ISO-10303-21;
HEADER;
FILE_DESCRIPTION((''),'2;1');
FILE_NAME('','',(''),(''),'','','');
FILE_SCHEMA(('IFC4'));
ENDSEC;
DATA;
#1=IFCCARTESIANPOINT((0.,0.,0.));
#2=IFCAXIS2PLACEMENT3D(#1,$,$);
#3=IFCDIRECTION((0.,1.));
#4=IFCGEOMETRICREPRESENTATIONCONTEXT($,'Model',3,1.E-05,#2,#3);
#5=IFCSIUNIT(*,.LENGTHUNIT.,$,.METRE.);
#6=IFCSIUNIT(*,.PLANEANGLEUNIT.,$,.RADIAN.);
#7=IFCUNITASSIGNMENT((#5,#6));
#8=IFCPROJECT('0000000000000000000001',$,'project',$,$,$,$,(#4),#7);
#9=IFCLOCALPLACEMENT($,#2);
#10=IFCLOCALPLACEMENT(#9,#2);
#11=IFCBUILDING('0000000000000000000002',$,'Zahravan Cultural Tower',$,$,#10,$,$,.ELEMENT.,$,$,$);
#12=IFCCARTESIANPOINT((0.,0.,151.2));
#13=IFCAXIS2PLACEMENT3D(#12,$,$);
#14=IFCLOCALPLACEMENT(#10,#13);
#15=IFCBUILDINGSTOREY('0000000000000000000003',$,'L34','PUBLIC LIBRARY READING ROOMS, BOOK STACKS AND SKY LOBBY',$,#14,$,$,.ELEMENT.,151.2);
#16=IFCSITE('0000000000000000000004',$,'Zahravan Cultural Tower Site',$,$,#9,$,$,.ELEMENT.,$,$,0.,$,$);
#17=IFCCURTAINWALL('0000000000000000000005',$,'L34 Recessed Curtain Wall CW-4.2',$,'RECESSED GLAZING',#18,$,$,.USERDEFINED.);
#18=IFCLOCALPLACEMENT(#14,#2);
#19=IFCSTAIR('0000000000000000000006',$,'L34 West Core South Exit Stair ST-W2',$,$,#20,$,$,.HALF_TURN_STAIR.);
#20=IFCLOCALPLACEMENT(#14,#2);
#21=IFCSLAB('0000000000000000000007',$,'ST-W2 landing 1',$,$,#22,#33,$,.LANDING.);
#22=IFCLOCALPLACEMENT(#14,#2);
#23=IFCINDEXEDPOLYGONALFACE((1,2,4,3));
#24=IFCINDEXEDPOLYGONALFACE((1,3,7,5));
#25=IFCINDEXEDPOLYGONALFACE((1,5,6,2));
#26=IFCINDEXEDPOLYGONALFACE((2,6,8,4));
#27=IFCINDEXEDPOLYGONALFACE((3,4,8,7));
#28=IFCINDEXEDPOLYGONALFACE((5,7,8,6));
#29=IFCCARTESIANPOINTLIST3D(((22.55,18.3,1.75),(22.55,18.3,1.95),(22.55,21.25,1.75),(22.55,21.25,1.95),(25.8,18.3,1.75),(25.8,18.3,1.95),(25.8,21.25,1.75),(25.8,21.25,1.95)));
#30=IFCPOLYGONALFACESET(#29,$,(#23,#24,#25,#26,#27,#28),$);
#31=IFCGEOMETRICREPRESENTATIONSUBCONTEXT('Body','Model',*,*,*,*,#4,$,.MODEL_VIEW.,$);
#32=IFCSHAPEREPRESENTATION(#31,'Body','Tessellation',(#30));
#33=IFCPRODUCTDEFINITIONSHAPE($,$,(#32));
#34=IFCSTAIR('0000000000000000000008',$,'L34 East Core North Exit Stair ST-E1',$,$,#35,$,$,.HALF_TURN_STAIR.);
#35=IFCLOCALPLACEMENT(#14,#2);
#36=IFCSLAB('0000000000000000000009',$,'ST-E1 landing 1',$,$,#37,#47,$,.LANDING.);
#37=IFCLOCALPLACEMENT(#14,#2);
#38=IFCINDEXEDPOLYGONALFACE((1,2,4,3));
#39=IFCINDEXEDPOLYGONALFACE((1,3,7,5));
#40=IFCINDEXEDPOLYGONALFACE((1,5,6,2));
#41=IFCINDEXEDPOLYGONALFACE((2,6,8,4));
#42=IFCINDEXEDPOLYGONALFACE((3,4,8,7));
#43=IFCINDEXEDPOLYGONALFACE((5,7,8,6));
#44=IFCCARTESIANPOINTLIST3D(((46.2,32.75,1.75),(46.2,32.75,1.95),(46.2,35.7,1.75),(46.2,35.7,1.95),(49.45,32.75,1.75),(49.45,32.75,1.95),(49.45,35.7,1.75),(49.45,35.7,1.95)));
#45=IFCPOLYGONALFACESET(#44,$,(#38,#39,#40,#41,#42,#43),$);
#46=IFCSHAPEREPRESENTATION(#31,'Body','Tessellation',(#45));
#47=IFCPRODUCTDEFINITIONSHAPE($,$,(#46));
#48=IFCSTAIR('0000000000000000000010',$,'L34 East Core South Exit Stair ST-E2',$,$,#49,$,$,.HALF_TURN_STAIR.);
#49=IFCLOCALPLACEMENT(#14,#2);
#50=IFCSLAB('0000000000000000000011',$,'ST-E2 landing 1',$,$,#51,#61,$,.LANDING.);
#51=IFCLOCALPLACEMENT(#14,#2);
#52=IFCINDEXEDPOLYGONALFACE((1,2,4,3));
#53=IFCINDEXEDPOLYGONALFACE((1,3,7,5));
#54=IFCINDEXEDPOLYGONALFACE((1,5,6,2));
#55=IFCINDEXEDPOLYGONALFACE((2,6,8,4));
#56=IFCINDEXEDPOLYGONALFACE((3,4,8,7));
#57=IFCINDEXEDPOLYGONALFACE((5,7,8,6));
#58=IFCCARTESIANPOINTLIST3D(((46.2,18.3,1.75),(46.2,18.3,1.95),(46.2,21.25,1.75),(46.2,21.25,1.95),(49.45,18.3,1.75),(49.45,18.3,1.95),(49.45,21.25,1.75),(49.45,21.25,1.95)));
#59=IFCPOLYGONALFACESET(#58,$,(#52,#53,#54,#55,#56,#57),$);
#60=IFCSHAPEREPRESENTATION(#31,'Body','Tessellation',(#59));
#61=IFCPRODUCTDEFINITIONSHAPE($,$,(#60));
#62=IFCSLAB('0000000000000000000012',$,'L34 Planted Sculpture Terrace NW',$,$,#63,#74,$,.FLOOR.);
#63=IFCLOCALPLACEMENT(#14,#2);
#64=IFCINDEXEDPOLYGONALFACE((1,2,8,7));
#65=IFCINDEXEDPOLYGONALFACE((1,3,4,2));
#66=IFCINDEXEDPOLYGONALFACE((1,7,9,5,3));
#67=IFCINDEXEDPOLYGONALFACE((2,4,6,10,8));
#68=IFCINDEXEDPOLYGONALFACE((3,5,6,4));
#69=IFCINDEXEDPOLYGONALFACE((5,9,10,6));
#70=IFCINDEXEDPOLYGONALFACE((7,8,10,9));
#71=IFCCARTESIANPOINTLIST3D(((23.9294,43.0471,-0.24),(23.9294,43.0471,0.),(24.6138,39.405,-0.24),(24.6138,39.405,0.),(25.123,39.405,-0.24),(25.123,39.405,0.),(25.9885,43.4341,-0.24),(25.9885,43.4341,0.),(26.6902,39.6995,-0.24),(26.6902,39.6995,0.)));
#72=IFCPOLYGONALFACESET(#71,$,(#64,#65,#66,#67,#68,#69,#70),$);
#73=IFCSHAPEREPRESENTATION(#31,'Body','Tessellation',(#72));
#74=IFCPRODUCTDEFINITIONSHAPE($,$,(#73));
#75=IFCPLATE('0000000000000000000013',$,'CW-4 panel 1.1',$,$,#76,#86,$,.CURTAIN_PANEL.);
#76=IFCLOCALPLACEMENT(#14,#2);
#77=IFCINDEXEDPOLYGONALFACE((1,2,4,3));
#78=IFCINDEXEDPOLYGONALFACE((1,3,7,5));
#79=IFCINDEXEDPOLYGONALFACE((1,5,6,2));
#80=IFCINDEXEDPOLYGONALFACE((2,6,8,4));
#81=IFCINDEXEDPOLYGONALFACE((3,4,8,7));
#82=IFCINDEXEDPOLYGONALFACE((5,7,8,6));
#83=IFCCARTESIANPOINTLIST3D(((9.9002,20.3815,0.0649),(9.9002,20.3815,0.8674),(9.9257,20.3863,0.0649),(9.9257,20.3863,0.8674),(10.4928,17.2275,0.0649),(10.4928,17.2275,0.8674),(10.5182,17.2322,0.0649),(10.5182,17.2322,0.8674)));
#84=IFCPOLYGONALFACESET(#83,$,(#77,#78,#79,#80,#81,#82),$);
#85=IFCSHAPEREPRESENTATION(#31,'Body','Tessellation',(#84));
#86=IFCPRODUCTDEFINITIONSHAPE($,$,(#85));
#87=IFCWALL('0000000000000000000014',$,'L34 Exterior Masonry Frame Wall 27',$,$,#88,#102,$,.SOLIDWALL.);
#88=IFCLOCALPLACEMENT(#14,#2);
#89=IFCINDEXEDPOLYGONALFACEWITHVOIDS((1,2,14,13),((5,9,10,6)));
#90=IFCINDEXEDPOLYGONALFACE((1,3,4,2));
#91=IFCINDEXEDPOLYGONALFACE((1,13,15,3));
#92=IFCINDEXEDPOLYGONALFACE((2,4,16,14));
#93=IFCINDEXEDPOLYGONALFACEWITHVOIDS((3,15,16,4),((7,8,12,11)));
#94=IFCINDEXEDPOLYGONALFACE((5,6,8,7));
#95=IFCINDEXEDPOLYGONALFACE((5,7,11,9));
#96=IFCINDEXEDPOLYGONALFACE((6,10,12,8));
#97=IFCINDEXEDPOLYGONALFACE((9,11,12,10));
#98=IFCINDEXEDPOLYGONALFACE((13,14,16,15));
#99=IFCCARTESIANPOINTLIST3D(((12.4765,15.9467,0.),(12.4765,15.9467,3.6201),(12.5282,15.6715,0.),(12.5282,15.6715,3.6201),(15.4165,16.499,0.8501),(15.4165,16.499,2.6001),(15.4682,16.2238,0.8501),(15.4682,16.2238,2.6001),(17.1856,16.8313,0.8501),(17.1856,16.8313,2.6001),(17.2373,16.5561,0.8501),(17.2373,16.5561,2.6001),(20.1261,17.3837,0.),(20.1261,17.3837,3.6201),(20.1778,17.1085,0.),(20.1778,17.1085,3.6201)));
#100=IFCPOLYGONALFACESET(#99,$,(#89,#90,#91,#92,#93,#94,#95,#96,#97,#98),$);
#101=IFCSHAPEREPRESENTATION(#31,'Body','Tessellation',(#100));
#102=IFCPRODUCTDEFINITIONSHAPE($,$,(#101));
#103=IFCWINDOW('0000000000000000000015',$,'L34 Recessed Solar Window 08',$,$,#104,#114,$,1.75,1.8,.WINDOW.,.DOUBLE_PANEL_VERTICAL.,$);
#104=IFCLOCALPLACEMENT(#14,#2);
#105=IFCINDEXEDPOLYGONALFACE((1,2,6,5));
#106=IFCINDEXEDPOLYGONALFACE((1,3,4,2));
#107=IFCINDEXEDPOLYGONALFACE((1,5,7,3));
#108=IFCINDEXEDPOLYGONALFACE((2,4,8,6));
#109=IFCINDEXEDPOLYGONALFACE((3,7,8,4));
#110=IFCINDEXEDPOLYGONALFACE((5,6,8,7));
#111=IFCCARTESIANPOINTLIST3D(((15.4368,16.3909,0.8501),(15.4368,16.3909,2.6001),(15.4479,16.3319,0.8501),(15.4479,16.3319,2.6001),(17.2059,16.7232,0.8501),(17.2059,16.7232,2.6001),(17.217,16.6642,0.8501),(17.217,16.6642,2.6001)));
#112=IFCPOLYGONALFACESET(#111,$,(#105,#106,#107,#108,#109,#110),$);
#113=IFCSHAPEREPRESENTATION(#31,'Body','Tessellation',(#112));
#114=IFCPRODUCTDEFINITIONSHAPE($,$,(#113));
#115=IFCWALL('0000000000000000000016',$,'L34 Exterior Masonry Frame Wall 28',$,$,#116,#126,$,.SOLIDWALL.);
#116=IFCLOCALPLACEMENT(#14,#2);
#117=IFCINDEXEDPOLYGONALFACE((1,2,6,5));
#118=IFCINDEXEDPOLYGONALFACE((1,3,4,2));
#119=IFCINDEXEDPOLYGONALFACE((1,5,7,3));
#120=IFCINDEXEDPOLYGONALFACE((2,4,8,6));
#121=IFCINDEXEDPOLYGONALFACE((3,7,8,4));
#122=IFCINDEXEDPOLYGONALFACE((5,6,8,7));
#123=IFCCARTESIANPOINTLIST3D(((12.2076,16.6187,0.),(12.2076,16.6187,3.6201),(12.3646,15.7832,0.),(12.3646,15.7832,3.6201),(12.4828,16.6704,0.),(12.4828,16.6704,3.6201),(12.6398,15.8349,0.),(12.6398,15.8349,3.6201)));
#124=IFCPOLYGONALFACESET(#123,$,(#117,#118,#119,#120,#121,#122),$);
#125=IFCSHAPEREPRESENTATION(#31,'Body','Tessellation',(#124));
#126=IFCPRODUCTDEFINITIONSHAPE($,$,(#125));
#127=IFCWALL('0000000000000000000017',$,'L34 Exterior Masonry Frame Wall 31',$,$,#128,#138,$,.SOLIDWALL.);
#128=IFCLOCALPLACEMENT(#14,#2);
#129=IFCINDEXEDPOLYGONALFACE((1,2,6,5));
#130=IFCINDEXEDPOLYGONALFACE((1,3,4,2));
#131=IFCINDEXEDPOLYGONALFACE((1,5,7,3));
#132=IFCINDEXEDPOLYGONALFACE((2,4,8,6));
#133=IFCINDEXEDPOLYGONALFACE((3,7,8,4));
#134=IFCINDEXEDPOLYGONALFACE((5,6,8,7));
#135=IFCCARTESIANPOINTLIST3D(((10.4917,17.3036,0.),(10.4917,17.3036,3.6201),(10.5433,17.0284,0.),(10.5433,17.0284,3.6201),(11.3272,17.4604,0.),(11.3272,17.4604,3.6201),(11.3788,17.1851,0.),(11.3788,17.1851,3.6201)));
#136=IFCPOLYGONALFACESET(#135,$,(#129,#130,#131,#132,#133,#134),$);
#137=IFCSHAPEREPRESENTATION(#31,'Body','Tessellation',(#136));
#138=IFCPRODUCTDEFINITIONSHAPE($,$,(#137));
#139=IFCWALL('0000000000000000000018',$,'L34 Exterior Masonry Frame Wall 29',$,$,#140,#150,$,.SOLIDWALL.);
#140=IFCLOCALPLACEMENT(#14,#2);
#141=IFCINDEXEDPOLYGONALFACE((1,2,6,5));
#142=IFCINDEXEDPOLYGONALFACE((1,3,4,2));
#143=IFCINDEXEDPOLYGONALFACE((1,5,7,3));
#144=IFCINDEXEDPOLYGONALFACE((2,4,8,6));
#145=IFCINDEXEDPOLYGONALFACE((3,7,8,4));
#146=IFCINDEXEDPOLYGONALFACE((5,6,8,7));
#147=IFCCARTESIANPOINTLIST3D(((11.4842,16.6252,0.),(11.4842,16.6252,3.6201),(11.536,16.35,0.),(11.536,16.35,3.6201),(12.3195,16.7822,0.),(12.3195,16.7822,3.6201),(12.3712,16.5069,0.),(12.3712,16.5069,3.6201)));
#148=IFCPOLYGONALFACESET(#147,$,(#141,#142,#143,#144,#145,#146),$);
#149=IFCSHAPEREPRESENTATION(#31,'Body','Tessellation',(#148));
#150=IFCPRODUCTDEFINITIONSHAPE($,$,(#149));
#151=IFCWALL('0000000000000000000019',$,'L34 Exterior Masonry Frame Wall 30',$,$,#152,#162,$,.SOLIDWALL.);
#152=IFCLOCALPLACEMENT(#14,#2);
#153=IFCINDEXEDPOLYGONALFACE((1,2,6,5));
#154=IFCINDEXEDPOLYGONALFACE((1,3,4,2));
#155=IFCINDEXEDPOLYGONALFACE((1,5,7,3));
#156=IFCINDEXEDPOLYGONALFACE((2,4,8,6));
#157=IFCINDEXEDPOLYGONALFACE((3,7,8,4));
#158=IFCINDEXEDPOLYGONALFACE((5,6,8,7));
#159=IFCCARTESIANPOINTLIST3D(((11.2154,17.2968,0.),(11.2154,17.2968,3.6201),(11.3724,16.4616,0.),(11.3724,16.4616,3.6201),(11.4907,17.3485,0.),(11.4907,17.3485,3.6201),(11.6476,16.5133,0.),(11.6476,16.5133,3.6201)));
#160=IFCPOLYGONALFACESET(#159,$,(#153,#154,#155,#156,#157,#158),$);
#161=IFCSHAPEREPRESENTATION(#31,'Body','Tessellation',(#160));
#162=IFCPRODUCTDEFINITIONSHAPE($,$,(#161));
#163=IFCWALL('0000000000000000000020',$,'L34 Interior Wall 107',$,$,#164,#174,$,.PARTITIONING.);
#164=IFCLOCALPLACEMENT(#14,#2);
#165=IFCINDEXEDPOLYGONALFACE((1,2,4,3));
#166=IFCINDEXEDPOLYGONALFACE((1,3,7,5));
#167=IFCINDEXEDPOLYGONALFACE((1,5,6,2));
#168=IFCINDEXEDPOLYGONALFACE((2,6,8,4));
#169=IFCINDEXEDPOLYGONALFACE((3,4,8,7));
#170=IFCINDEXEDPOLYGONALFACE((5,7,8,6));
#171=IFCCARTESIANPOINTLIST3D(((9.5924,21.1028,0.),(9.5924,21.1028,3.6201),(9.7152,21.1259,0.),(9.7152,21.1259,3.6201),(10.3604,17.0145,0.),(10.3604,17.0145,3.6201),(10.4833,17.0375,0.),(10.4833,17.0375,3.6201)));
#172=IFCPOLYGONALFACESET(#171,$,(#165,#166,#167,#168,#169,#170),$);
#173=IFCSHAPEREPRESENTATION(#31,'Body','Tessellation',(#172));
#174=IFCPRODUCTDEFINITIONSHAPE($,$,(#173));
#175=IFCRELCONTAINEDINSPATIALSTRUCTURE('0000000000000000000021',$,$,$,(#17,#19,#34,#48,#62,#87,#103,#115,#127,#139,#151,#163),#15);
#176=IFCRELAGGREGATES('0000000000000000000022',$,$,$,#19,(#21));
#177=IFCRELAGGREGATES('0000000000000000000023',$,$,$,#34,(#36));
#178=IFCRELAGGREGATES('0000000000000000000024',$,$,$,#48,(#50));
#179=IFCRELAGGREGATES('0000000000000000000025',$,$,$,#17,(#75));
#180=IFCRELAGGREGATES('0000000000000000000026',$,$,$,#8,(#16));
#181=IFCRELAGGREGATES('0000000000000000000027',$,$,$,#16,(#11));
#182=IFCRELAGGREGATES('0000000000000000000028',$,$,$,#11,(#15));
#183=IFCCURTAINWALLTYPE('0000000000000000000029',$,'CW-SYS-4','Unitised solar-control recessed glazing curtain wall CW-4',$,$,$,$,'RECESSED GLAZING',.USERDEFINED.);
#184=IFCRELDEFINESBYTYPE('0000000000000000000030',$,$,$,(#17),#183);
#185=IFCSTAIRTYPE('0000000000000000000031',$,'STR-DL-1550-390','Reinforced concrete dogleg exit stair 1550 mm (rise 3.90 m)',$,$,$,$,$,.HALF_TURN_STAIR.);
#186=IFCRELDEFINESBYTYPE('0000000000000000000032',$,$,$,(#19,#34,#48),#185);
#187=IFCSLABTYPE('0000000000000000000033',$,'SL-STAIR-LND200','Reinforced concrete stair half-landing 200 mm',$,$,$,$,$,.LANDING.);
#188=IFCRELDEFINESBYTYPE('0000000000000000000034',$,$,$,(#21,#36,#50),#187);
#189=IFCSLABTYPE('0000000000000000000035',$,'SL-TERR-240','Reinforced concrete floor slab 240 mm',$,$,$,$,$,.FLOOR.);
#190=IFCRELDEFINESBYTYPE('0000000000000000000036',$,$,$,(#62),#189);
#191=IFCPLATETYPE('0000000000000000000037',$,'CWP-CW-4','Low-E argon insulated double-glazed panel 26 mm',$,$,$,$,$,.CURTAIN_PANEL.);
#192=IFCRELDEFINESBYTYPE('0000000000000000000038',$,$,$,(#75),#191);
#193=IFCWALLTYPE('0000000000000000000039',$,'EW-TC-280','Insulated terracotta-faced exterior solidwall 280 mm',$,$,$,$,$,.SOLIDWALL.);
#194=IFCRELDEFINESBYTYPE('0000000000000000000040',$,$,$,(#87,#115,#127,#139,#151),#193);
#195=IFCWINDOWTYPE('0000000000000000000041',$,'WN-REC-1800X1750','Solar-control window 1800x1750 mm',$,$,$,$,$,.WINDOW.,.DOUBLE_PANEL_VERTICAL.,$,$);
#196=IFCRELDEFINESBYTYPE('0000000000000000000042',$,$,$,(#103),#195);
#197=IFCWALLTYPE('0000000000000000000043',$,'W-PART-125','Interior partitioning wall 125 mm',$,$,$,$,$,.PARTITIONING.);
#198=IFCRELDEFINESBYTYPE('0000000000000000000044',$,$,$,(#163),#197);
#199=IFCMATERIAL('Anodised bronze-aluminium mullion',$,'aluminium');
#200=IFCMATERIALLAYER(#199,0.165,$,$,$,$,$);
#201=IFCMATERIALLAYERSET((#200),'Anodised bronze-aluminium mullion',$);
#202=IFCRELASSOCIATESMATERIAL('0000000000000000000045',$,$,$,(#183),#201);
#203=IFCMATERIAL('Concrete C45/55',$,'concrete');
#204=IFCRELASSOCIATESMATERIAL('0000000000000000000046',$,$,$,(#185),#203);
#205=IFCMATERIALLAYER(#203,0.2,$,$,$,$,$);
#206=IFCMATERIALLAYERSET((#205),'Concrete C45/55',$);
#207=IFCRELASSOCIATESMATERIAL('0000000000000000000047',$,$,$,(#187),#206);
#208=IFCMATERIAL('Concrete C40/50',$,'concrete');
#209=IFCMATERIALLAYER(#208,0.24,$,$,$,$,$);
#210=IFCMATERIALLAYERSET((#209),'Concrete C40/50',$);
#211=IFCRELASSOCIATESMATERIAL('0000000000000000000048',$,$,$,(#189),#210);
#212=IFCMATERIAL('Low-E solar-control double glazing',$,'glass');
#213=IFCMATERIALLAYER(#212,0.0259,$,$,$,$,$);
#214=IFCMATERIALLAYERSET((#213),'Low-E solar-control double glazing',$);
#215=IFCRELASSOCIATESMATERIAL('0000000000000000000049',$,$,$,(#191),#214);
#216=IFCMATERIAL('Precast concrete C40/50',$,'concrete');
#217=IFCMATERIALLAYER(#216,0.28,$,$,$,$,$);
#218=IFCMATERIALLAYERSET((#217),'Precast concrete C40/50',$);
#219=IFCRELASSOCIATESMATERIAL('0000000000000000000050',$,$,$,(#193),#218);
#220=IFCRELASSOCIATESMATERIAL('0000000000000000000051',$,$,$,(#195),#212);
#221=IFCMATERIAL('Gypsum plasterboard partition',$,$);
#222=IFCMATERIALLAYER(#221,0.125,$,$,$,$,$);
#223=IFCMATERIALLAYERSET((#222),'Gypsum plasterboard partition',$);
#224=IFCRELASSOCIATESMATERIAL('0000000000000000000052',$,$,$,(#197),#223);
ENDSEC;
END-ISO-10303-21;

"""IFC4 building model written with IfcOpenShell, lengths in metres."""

from ifc_helpers import new_model, si_unit, direction, frame, frame_2d, origin, origin_2d, place, context, subcontext, project, spatial, polyline, rectangle, outline, extrude, source, transform, mapped, material, layer, layer_set, type_object, element, fill, aggregate, save


model = new_model("IFC4")

# Units and contexts
model_context = context("Model", 3, precision=1e-05, world=origin(), true_north=direction((0.0, 1.0)))
body_context = subcontext(model_context, "Body", "Model", "MODEL_VIEW")
ifc_project = project(units=[si_unit("LENGTHUNIT", "METRE"), si_unit("PLANEANGLEUNIT", "RADIAN")], contexts=[model_context])

# Site, building, storey
site_placement = place(None, origin())
site = spatial("IfcSite", under=ifc_project, at=site_placement, Name="Zahravan Cultural Tower Site", CompositionType="ELEMENT", RefElevation=0.0)
building_placement = place(site_placement, origin())
building = spatial("IfcBuilding", under=site, at=building_placement, Name="Zahravan Cultural Tower", CompositionType="ELEMENT")
storey_placement = place(building_placement, frame((0.0, 0.0, 151.2)))
storey = spatial("IfcBuildingStorey", under=building, at=storey_placement, Name="L34", Description="PUBLIC LIBRARY READING ROOMS, BOOK STACKS AND SKY LOBBY", CompositionType="ELEMENT", Elevation=151.2)

# Curtain wall
ifc_material_1 = material(Name="Anodised bronze-aluminium mullion", Category="aluminium")
ifc_layer_1 = layer(ifc_material_1, 0.165)
ifc_layer_set_1 = layer_set([ifc_layer_1], Name="Anodised bronze-aluminium mullion")
curtain_wall_type = type_object("IfcCurtainWallType", Name="CW-SYS-4", Description="Unitised solar-control recessed glazing curtain wall CW-4", ElementType="RECESSED GLAZING", PredefinedType="USERDEFINED", material=ifc_layer_set_1)
curtain_wall_placement = place(storey_placement, origin())
curtain_wall = element("IfcCurtainWall", 1, at=curtain_wall_placement, inside=storey, type_object=curtain_wall_type, Name="L34 Recessed Curtain Wall CW-4.2", ObjectType="RECESSED GLAZING", PredefinedType="USERDEFINED")

# Shared definitions
ifc_material_2 = material(Name="Concrete C45/55", Category="concrete")

# Stairs, slabs
stair_type = type_object("IfcStairType", Name="STR-DL-1550-390", Description="Reinforced concrete dogleg exit stair 1550 mm (rise 3.90 m)", PredefinedType="HALF_TURN_STAIR", material=ifc_material_2)
ifc_layer_2 = layer(ifc_material_2, 0.2)
ifc_layer_set_2 = layer_set([ifc_layer_2], Name="Concrete C45/55")
slab_type_1 = type_object("IfcSlabType", Name="SL-STAIR-LND200", Description="Reinforced concrete stair half-landing 200 mm", PredefinedType="LANDING", material=ifc_layer_set_2)
stair_1_placement = place(storey_placement, origin())
stair_1 = element("IfcStair", 2, at=stair_1_placement, inside=storey, type_object=stair_type, Name="L34 West Core South Exit Stair ST-W2", PredefinedType="HALF_TURN_STAIR")
slab_1_placement = place(storey_placement, frame((0.0, 0.0, 1.75)))
slab_1 = element("IfcSlab", 3, at=slab_1_placement, type_object=slab_type_1, Name="ST-W2 landing 1", PredefinedType="LANDING", context=body_context, shape_type="SweptSolid", body=[
    extrude(outline(polyline([(22.55, 21.25), (22.55, 18.3), (25.8, 18.3), (25.8, 21.25), (22.55, 21.25)])), origin(), (0.0, 0.0, 1.0), 0.2),
])
aggregate(stair_1, [slab_1])
stair_2_placement = place(storey_placement, origin())
stair_2 = element("IfcStair", 4, at=stair_2_placement, inside=storey, type_object=stair_type, Name="L34 East Core North Exit Stair ST-E1", PredefinedType="HALF_TURN_STAIR")
slab_2_placement = place(storey_placement, frame((0.0, 0.0, 1.75)))
slab_2 = element("IfcSlab", 5, at=slab_2_placement, type_object=slab_type_1, Name="ST-E1 landing 1", PredefinedType="LANDING", context=body_context, shape_type="SweptSolid", body=[
    extrude(outline(polyline([(49.45, 32.75), (49.45, 35.7), (46.2, 35.7), (46.2, 32.75), (49.45, 32.75)])), origin(), (0.0, 0.0, 1.0), 0.2),
])
aggregate(stair_2, [slab_2])
stair_3_placement = place(storey_placement, origin())
stair_3 = element("IfcStair", 6, at=stair_3_placement, inside=storey, type_object=stair_type, Name="L34 East Core South Exit Stair ST-E2", PredefinedType="HALF_TURN_STAIR")
slab_3_placement = place(storey_placement, frame((0.0, 0.0, 1.75)))
slab_3 = element("IfcSlab", 7, at=slab_3_placement, type_object=slab_type_1, Name="ST-E2 landing 1", PredefinedType="LANDING", context=body_context, shape_type="SweptSolid", body=[
    extrude(outline(polyline([(46.2, 21.25), (46.2, 18.3), (49.45, 18.3), (49.45, 21.25), (46.2, 21.25)])), origin(), (0.0, 0.0, 1.0), 0.2),
])
aggregate(stair_3, [slab_3])

# Slab
ifc_material_3 = material(Name="Concrete C40/50", Category="concrete")
ifc_layer_3 = layer(ifc_material_3, 0.24)
ifc_layer_set_3 = layer_set([ifc_layer_3], Name="Concrete C40/50")
slab_type_2 = type_object("IfcSlabType", Name="SL-TERR-240", Description="Reinforced concrete floor slab 240 mm", PredefinedType="FLOOR", material=ifc_layer_set_3)
slab_4_placement = place(storey_placement, frame((0.0, 0.0, -0.24)))
element("IfcSlab", 8, at=slab_4_placement, inside=storey, type_object=slab_type_2, Name="L34 Planted Sculpture Terrace NW", PredefinedType="FLOOR", context=body_context, shape_type="SweptSolid", body=[
    extrude(outline(polyline([(23.9294, 43.0471), (24.6138, 39.405), (25.123, 39.405), (26.6902, 39.6995), (25.9885, 43.4341), (23.9294, 43.0471)])), origin(), (0.0, 0.0, 1.0), 0.24),
])

# Plate
ifc_material_4 = material(Name="Low-E solar-control double glazing", Category="glass")
ifc_layer_4 = layer(ifc_material_4, 0.0259)
ifc_layer_set_4 = layer_set([ifc_layer_4], Name="Low-E solar-control double glazing")
plate_type = type_object("IfcPlateType", Name="CWP-CW-4", Description="Low-E argon insulated double-glazed panel 26 mm", PredefinedType="CURTAIN_PANEL", material=ifc_layer_set_4)
shared_shape_1 = source(origin(), body_context, "Body", "SweptSolid", [
    extrude(rectangle(XDim=3.2092, YDim=0.0259, at=origin_2d()), origin(), (0.0, 0.0, 1.0), 0.8025),
])
plate_placement = place(storey_placement, frame((10.2092, 18.8069, 0.0649), z_axis=(0.0, 0.0, 1.0), x_axis=(-0.184638, 0.982807, 0.0)))
plate = element("IfcPlate", 9, at=plate_placement, type_object=plate_type, Name="CW-4 panel 1.1", PredefinedType="CURTAIN_PANEL", context=body_context, shape_type="MappedRepresentation", body=[
    mapped(shared_shape_1, transform((0.0, 0.0, 0.0), x_axis=(1.0, 0.0, 0.0), y_axis=(0.0, 1.0, 0.0), z_axis=(0.0, 0.0, 1.0), scale=1.0)),
])
aggregate(curtain_wall, [plate])

# Wall, opening, window
ifc_material_5 = material(Name="Precast concrete C40/50", Category="concrete")
ifc_layer_5 = layer(ifc_material_5, 0.28)
ifc_layer_set_5 = layer_set([ifc_layer_5], Name="Precast concrete C40/50")
wall_type_1 = type_object("IfcWallType", Name="EW-TC-280", Description="Insulated terracotta-faced exterior solidwall 280 mm", PredefinedType="SOLIDWALL", material=ifc_layer_set_5)
wall_1_placement = place(storey_placement, frame((20.1519, 17.2461, 0.0), z_axis=(0.0, 0.0, 1.0), x_axis=(-0.982809, -0.184624, 0.0)))
wall_1 = element("IfcWall", 10, at=wall_1_placement, inside=storey, type_object=wall_type_1, Name="L34 Exterior Masonry Frame Wall 27", PredefinedType="SOLIDWALL", context=body_context, shape_type="SweptSolid", body=[
    extrude(rectangle(XDim=7.7834, YDim=0.28, at=frame_2d((3.8916, 0.0))), origin(), (0.0, 0.0, 1.0), 3.6201),
])
opening_placement = place(wall_1_placement, frame((2.9919, 0.0, 0.8501)))
opening = element("IfcOpeningElement", 11, at=opening_placement, cuts=wall_1, PredefinedType="OPENING", context=body_context, shape_type="SweptSolid", body=[
    extrude(rectangle(XDim=1.8, YDim=1.75, at=frame_2d((0.8999, 0.875))), frame((0.0, 0.1499, 0.0), z_axis=(0.0, -1.0, 0.0), x_axis=(1.0, 0.0, 0.0)), (0.0, 0.0, 1.0), 0.3),
])
window_type = type_object("IfcWindowType", Name="WN-REC-1800X1750", Description="Solar-control window 1800x1750 mm", PartitioningType="DOUBLE_PANEL_VERTICAL", PredefinedType="WINDOW", material=ifc_material_4)
shared_shape_2 = source(origin(), body_context, "Body", "SweptSolid", [
    extrude(rectangle(XDim=1.8, YDim=1.75, at=frame_2d((0.8999, 0.875))), frame((0.0, 0.03, 0.0), z_axis=(0.0, -1.0, 0.0), x_axis=(1.0, 0.0, 0.0)), (0.0, 0.0, 1.0), 0.0601),
])
window_placement = place(opening_placement, origin())
window = element("IfcWindow", 12, at=window_placement, inside=storey, type_object=window_type, Name="L34 Recessed Solar Window 08", OverallHeight=1.75, OverallWidth=1.8, PartitioningType="DOUBLE_PANEL_VERTICAL", PredefinedType="WINDOW", context=body_context, shape_type="MappedRepresentation", body=[
    mapped(shared_shape_2, transform((0.0, 0.0, 0.0), x_axis=(1.0, 0.0, 0.0), y_axis=(0.0, 1.0, 0.0), z_axis=(0.0, 0.0, 1.0), scale=1.0)),
])
fill(opening, window)

# Walls
shared_shape_3 = source(origin(), body_context, "Body", "SweptSolid", [
    extrude(rectangle(XDim=0.8501, YDim=0.28, at=frame_2d((0.425, 0.0))), origin(), (0.0, 0.0, 1.0), 3.6201),
])
for number, where, z_axis, x_axis, name in (
    (13, (12.5022, 15.8091, 0.0), (0.0, 0.0, 1.0), (-0.18467, 0.982801, 0.0), "L34 Exterior Masonry Frame Wall 28"),
    (14, (11.353, 17.3228, 0.0), (0.0, 0.0, 1.0), (-0.982853, -0.184393, 0.0), "L34 Exterior Masonry Frame Wall 31"),
):
    element("IfcWall", number, at=place(storey_placement, frame(where, z_axis=z_axis, x_axis=x_axis)), inside=storey, type_object=wall_type_1, Name=name, PredefinedType="SOLIDWALL", context=body_context, shape_type="MappedRepresentation", body=[
        mapped(shared_shape_3, transform((0.0, 0.0, 0.0), x_axis=(1.0, 0.0, 0.0), y_axis=(0.0, 1.0, 0.0), z_axis=(0.0, 0.0, 1.0), scale=1.0)),
    ])
shared_shape_4 = source(origin(), body_context, "Body", "SweptSolid", [
    extrude(rectangle(XDim=0.8499, YDim=0.28, at=frame_2d((0.4248, 0.0))), origin(), (0.0, 0.0, 1.0), 3.6201),
])
for number, where, z_axis, x_axis, name in (
    (15, (12.3452, 16.6445, 0.0), (0.0, 0.0, 1.0), (-0.982791, -0.184722, 0.0), "L34 Exterior Masonry Frame Wall 29"),
    (16, (11.51, 16.4875, 0.0), (0.0, 0.0, 1.0), (-0.184722, 0.982791, 0.0), "L34 Exterior Masonry Frame Wall 30"),
):
    element("IfcWall", number, at=place(storey_placement, frame(where, z_axis=z_axis, x_axis=x_axis)), inside=storey, type_object=wall_type_1, Name=name, PredefinedType="SOLIDWALL", context=body_context, shape_type="MappedRepresentation", body=[
        mapped(shared_shape_4, transform((0.0, 0.0, 0.0), x_axis=(1.0, 0.0, 0.0), y_axis=(0.0, 1.0, 0.0), z_axis=(0.0, 0.0, 1.0), scale=1.0)),
    ])
ifc_material_6 = material(Name="Gypsum plasterboard partition")
ifc_layer_6 = layer(ifc_material_6, 0.125)
ifc_layer_set_6 = layer_set([ifc_layer_6], Name="Gypsum plasterboard partition")
wall_type_2 = type_object("IfcWallType", Name="W-PART-125", Description="Interior partitioning wall 125 mm", PredefinedType="PARTITIONING", material=ifc_layer_set_6)
shared_shape_5 = source(origin(), body_context, "Body", "SweptSolid", [
    extrude(rectangle(XDim=4.1599, YDim=0.125, at=frame_2d((2.0801, 0.0))), origin(), (0.0, 0.0, 1.0), 3.6201),
])
wall_2_placement = place(storey_placement, frame((10.4219, 17.0259, 0.0), z_axis=(0.0, 0.0, 1.0), x_axis=(-0.184636, 0.982807, 0.0)))
element("IfcWall", 17, at=wall_2_placement, inside=storey, type_object=wall_type_2, Name="L34 Interior Wall 107", PredefinedType="PARTITIONING", context=body_context, shape_type="MappedRepresentation", body=[
    mapped(shared_shape_5, transform((0.0, 0.0, 0.0), x_axis=(1.0, 0.0, 0.0), y_axis=(0.0, 1.0, 0.0), z_axis=(0.0, 0.0, 1.0), scale=1.0)),
])

save(model, "model.ifc")
